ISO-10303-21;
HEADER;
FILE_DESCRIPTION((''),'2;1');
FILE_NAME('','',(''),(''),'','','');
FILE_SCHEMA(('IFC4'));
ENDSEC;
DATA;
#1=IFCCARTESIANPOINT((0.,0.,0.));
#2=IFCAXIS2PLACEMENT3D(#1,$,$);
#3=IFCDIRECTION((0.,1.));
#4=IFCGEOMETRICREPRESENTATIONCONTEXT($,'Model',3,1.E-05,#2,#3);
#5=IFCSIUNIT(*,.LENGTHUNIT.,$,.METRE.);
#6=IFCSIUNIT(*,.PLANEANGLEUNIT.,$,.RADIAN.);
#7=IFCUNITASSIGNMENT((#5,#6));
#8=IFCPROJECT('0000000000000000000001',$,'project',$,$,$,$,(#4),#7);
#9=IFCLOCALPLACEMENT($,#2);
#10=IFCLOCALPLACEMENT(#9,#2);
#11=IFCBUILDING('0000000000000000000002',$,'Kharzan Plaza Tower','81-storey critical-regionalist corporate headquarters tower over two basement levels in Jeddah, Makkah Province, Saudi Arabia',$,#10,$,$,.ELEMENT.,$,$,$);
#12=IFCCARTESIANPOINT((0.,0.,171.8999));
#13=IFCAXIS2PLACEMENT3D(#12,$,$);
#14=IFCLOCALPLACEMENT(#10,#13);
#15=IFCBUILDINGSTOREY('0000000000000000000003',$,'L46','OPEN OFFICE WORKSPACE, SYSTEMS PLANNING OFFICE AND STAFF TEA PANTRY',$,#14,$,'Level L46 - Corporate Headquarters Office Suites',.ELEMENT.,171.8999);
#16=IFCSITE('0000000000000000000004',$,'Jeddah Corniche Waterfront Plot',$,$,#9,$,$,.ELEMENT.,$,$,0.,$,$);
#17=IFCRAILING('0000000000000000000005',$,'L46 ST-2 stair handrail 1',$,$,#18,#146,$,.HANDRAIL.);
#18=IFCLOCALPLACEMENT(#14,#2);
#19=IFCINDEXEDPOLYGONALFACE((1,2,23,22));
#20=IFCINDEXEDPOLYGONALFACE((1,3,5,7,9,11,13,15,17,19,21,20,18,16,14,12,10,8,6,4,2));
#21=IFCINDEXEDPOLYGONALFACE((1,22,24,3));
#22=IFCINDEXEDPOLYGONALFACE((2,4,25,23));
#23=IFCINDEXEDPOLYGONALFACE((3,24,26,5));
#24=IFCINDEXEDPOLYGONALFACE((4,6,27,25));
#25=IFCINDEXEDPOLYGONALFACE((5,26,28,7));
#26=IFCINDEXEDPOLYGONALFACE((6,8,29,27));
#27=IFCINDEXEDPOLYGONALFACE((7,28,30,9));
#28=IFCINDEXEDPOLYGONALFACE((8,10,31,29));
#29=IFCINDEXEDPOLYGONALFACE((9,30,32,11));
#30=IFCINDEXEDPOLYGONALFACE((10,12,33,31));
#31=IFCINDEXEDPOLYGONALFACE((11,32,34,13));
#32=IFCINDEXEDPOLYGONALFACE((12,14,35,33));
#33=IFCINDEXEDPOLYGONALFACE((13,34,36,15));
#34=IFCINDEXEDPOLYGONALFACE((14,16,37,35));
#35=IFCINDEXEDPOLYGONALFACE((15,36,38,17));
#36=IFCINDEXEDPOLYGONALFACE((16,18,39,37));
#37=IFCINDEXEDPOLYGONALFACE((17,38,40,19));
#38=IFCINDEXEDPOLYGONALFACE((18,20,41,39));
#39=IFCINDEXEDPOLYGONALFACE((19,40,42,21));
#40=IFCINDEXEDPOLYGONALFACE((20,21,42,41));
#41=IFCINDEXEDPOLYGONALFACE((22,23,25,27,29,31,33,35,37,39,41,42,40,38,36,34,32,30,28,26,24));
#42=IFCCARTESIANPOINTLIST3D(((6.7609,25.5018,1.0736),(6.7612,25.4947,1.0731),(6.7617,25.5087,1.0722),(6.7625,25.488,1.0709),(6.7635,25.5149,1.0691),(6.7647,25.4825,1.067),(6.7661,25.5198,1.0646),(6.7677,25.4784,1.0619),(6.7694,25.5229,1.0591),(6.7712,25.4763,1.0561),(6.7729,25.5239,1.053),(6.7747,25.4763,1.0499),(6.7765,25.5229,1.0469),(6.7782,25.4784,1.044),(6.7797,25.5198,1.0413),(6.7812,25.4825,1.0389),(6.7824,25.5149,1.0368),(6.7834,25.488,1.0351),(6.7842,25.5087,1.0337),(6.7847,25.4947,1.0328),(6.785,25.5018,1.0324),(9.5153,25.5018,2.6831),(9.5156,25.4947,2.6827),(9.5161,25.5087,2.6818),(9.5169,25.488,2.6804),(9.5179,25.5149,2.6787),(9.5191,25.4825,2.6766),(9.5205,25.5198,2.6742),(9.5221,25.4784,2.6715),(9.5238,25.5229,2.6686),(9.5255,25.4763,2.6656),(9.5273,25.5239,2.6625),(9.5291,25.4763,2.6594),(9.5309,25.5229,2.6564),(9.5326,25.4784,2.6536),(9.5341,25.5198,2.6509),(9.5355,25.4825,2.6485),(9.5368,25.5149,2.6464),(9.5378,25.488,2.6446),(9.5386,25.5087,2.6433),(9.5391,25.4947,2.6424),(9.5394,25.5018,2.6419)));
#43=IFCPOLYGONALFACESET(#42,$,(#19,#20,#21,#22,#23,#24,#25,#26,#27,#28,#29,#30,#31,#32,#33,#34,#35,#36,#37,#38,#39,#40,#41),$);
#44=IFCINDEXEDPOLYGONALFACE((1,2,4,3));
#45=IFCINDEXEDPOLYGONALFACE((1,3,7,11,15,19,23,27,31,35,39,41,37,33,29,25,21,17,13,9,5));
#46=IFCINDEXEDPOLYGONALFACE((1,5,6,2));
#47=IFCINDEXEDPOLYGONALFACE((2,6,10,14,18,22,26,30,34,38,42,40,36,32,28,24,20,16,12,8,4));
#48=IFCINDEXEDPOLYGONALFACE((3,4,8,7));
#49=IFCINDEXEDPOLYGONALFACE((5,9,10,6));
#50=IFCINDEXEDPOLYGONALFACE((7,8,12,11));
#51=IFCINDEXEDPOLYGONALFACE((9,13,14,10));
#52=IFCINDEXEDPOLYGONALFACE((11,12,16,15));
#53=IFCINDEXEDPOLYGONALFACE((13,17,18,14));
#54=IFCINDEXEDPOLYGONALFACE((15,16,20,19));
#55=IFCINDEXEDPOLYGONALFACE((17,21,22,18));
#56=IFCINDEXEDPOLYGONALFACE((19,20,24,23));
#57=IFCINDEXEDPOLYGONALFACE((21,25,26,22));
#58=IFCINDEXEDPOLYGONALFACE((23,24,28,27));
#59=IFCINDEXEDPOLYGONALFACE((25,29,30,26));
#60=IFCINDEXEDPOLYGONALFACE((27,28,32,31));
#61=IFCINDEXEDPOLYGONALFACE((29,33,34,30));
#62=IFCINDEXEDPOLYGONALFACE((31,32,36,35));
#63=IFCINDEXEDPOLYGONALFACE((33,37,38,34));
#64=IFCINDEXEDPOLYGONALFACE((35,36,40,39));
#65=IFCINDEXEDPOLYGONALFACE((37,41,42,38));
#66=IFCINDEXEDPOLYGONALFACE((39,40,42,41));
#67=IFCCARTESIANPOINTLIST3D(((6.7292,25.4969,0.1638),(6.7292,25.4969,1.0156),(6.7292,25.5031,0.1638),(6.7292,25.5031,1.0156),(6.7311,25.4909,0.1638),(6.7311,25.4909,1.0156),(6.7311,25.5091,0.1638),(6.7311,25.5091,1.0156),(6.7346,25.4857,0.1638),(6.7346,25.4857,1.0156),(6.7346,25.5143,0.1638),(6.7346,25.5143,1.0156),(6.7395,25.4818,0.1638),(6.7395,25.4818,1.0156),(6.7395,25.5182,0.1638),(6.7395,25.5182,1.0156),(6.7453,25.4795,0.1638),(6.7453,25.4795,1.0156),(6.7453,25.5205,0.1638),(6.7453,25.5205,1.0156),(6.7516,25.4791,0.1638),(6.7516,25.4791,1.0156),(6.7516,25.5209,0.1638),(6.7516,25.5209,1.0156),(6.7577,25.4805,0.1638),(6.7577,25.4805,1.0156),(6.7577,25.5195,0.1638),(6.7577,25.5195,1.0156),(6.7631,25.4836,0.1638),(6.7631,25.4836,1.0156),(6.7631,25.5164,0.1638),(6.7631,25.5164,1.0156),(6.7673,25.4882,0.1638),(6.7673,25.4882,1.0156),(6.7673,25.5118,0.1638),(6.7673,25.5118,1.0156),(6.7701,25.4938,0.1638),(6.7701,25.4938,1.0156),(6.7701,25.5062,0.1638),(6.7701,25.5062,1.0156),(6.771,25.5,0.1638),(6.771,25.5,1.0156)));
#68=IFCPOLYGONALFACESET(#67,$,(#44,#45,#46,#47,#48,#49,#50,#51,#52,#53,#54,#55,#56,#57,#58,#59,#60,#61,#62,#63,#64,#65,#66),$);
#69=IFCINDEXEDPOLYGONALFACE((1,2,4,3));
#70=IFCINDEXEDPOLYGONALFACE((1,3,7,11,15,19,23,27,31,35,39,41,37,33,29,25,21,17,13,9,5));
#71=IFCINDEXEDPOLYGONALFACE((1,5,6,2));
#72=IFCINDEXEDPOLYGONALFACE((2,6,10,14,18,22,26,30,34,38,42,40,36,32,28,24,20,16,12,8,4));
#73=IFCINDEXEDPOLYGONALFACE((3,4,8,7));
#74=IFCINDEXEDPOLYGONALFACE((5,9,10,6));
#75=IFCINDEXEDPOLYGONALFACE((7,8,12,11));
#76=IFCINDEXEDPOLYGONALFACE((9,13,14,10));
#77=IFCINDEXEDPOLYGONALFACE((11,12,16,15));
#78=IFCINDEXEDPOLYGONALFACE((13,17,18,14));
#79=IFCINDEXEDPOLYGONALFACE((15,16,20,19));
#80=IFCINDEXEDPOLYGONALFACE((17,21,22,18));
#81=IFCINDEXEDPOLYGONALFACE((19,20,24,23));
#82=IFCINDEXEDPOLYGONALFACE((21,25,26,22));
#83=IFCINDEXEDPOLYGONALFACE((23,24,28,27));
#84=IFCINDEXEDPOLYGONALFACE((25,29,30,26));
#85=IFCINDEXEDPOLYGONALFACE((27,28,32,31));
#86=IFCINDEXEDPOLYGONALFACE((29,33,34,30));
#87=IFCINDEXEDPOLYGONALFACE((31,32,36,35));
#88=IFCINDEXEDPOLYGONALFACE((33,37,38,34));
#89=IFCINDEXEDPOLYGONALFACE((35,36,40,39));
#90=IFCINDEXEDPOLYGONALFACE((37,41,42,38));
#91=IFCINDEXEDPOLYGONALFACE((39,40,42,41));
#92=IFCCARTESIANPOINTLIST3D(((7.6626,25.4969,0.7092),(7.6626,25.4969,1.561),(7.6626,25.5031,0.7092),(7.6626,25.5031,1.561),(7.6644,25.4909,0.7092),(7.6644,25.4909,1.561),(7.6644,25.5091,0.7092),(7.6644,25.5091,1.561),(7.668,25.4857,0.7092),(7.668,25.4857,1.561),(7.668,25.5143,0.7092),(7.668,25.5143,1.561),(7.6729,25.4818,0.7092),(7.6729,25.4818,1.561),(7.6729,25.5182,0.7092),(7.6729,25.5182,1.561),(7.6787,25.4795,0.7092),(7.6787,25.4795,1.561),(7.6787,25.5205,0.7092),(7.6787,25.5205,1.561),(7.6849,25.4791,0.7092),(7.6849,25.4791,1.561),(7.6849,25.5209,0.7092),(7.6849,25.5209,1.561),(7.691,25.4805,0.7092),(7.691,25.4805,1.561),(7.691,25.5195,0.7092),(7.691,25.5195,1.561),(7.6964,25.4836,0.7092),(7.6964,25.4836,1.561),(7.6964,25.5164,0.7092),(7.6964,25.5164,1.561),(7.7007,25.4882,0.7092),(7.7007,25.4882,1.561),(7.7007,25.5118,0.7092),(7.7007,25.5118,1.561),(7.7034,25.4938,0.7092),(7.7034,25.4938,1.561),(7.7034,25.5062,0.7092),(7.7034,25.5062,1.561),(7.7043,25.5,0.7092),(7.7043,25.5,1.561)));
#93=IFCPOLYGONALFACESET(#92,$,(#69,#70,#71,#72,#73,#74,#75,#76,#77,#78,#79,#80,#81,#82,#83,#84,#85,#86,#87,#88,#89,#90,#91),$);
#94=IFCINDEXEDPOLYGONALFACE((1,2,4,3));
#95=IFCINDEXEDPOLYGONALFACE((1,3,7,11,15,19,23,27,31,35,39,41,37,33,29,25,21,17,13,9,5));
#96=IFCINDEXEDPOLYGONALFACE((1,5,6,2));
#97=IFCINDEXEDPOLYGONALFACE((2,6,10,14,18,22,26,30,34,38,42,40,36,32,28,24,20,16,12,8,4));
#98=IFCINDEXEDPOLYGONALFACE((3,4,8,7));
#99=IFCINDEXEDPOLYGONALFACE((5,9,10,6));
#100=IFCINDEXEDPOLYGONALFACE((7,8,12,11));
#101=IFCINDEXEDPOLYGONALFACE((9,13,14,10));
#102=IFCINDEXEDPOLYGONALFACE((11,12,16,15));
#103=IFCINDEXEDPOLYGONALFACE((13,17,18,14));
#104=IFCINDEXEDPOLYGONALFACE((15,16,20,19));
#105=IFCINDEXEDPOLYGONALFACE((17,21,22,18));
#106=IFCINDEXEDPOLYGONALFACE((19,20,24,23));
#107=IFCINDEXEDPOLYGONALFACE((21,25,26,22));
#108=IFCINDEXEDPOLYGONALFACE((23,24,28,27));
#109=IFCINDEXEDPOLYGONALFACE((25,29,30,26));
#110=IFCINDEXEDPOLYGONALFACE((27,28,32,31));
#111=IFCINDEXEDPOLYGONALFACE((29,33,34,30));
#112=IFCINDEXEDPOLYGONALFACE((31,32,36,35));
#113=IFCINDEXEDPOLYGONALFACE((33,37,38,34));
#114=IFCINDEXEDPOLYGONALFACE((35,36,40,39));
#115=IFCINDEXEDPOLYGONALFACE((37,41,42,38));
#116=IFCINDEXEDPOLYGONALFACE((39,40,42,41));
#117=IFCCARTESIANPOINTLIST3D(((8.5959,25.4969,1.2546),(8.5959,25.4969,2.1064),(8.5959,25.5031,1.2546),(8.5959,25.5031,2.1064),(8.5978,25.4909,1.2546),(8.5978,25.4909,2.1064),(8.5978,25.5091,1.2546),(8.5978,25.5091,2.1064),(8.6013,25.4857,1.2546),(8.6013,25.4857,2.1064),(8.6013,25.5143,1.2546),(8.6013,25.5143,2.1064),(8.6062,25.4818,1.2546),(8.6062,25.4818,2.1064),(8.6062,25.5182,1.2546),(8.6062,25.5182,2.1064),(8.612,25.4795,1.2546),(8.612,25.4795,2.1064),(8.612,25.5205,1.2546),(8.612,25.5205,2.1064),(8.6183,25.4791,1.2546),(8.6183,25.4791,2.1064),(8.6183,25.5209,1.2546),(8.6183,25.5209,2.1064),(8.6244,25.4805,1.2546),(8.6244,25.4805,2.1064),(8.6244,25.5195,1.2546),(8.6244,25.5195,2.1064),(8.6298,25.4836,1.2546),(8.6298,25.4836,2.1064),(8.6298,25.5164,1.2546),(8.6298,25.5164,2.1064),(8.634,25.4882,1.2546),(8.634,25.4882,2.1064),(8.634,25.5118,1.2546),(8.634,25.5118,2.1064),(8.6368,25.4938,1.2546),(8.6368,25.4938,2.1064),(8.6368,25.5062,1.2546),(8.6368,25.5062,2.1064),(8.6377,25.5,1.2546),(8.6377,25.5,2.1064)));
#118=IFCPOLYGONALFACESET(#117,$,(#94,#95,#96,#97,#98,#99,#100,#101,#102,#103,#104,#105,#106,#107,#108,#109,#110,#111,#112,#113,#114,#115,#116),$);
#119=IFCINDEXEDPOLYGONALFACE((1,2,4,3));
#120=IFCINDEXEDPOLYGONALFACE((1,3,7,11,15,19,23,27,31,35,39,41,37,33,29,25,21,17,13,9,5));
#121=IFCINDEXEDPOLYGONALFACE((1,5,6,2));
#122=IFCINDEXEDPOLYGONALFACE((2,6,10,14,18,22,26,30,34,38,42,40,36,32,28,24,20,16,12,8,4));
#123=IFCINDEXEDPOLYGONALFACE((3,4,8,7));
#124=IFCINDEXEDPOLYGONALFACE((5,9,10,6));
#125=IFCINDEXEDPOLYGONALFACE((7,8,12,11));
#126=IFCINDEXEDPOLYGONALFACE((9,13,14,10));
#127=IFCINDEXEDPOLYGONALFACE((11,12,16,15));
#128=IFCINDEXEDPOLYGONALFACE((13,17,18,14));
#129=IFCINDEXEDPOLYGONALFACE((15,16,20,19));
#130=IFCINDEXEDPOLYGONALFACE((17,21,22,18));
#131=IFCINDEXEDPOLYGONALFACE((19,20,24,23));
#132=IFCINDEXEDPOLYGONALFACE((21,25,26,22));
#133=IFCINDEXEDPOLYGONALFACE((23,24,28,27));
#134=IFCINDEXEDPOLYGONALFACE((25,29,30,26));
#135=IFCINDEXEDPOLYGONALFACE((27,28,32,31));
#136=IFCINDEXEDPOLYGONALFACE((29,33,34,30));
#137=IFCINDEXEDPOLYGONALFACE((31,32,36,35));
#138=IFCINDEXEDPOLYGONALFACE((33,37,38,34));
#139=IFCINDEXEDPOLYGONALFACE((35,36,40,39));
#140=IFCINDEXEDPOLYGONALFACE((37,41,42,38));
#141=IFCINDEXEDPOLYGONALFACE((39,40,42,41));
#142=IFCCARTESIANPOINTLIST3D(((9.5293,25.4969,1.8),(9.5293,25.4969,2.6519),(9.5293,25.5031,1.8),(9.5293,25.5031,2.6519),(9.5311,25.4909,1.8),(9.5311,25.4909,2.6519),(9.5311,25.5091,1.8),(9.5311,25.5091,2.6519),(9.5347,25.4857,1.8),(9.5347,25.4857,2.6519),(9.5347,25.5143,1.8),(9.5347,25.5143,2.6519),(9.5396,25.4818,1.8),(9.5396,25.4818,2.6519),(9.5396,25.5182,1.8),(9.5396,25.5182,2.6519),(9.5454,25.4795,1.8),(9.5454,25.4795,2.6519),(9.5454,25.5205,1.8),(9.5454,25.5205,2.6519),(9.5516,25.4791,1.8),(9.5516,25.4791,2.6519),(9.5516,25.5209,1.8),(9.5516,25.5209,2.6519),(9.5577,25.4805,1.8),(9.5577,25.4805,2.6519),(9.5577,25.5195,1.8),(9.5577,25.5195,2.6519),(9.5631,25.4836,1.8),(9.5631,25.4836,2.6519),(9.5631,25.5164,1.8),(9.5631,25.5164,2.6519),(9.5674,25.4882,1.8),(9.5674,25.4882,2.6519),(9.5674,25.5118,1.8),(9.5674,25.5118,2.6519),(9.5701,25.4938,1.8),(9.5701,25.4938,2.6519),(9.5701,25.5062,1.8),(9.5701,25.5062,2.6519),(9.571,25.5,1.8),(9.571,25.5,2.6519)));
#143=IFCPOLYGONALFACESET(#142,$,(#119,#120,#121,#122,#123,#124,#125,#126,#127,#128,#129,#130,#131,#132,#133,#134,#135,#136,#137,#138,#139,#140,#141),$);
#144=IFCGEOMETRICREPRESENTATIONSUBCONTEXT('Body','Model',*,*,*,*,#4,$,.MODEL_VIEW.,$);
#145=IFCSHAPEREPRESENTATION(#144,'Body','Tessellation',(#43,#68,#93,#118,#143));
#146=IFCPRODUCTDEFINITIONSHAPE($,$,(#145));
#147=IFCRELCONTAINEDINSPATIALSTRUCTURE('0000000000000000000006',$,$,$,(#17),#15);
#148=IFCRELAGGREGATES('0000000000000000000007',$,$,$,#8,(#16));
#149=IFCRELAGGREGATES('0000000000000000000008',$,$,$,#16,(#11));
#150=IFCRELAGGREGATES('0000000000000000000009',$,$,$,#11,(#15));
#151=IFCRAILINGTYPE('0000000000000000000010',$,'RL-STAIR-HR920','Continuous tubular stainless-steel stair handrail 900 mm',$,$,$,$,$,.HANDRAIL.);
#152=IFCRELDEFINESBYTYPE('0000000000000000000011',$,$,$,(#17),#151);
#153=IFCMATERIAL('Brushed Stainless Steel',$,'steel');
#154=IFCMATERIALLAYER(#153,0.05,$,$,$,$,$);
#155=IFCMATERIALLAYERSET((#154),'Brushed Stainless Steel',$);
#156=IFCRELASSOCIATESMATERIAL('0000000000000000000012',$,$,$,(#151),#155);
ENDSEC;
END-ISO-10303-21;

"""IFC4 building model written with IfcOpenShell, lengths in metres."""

from ifc_helpers import new_model, si_unit, direction, frame, origin, origin_2d, place, context, subcontext, project, spatial, circle, extrude, source, transform, mapped, material, layer, layer_set, type_object, element, save


model = new_model("IFC4")

# Units and contexts
model_context = context("Model", 3, precision=1e-05, world=origin(), true_north=direction((0.0, 1.0)))
body_context = subcontext(model_context, "Body", "Model", "MODEL_VIEW")
ifc_project = project(units=[si_unit("LENGTHUNIT", "METRE"), si_unit("PLANEANGLEUNIT", "RADIAN")], contexts=[model_context])

# Site, building, storey
site_placement = place(None, origin())
site = spatial("IfcSite", under=ifc_project, at=site_placement, Name="Jeddah Corniche Waterfront Plot", CompositionType="ELEMENT", RefElevation=0.0)
building_placement = place(site_placement, origin())
building = spatial("IfcBuilding", under=site, at=building_placement, Name="Kharzan Plaza Tower", Description="81-storey critical-regionalist corporate headquarters tower over two basement levels in Jeddah, Makkah Province, Saudi Arabia", CompositionType="ELEMENT")
storey_placement = place(building_placement, frame((0.0, 0.0, 171.8999)))
storey = spatial("IfcBuildingStorey", under=building, at=storey_placement, Name="L46", Description="OPEN OFFICE WORKSPACE, SYSTEMS PLANNING OFFICE AND STAFF TEA PANTRY", LongName="Level L46 - Corporate Headquarters Office Suites", CompositionType="ELEMENT", Elevation=171.8999)

# Railing
ifc_material_1 = material(Name="Brushed Stainless Steel", Category="steel")
ifc_layer_1 = layer(ifc_material_1, 0.05)
ifc_layer_set_1 = layer_set([ifc_layer_1], Name="Brushed Stainless Steel")
railing_type_1 = type_object("IfcRailingType", Name="RL-STAIR-HR920", Description="Continuous tubular stainless-steel stair handrail 900 mm", PredefinedType="HANDRAIL", material=ifc_layer_set_1)
shared_shape_1 = source(origin(), body_context, "Body", "SweptSolid", [
    extrude(circle(Radius=0.0239, at=origin_2d()), frame((0.0229, 0.0, 0.8892), z_axis=(0.863394, 0.0, 0.504531), x_axis=(0.0, 1.0, 0.0)), (0.0, 0.0, 1.0), 3.1902),
    extrude(circle(Radius=0.021, at=origin_2d()), origin(), (0.0, 0.0, 1.0), 0.8518),
    extrude(circle(Radius=0.021, at=origin_2d()), frame((0.9333, 0.0, 0.5454)), (0.0, 0.0, 1.0), 0.8518),
    extrude(circle(Radius=0.021, at=origin_2d()), frame((1.8667, 0.0, 1.0908)), (0.0, 0.0, 1.0), 0.8518),
    extrude(circle(Radius=0.021, at=origin_2d()), frame((2.8, 0.0, 1.6362)), (0.0, 0.0, 1.0), 0.8518),
])
railing_1_placement = place(storey_placement, frame((6.75, 25.5, 0.1638)))
element("IfcRailing", 1, at=railing_1_placement, inside=storey, type_object=railing_type_1, Name="L46 ST-2 stair handrail 1", PredefinedType="HANDRAIL", context=body_context, shape_type="MappedRepresentation", body=[
    mapped(shared_shape_1, transform((0.0, 0.0, 0.0), x_axis=(1.0, 0.0, 0.0), y_axis=(0.0, 1.0, 0.0), z_axis=(0.0, 0.0, 1.0))),
])

save(model, "model.ifc")
